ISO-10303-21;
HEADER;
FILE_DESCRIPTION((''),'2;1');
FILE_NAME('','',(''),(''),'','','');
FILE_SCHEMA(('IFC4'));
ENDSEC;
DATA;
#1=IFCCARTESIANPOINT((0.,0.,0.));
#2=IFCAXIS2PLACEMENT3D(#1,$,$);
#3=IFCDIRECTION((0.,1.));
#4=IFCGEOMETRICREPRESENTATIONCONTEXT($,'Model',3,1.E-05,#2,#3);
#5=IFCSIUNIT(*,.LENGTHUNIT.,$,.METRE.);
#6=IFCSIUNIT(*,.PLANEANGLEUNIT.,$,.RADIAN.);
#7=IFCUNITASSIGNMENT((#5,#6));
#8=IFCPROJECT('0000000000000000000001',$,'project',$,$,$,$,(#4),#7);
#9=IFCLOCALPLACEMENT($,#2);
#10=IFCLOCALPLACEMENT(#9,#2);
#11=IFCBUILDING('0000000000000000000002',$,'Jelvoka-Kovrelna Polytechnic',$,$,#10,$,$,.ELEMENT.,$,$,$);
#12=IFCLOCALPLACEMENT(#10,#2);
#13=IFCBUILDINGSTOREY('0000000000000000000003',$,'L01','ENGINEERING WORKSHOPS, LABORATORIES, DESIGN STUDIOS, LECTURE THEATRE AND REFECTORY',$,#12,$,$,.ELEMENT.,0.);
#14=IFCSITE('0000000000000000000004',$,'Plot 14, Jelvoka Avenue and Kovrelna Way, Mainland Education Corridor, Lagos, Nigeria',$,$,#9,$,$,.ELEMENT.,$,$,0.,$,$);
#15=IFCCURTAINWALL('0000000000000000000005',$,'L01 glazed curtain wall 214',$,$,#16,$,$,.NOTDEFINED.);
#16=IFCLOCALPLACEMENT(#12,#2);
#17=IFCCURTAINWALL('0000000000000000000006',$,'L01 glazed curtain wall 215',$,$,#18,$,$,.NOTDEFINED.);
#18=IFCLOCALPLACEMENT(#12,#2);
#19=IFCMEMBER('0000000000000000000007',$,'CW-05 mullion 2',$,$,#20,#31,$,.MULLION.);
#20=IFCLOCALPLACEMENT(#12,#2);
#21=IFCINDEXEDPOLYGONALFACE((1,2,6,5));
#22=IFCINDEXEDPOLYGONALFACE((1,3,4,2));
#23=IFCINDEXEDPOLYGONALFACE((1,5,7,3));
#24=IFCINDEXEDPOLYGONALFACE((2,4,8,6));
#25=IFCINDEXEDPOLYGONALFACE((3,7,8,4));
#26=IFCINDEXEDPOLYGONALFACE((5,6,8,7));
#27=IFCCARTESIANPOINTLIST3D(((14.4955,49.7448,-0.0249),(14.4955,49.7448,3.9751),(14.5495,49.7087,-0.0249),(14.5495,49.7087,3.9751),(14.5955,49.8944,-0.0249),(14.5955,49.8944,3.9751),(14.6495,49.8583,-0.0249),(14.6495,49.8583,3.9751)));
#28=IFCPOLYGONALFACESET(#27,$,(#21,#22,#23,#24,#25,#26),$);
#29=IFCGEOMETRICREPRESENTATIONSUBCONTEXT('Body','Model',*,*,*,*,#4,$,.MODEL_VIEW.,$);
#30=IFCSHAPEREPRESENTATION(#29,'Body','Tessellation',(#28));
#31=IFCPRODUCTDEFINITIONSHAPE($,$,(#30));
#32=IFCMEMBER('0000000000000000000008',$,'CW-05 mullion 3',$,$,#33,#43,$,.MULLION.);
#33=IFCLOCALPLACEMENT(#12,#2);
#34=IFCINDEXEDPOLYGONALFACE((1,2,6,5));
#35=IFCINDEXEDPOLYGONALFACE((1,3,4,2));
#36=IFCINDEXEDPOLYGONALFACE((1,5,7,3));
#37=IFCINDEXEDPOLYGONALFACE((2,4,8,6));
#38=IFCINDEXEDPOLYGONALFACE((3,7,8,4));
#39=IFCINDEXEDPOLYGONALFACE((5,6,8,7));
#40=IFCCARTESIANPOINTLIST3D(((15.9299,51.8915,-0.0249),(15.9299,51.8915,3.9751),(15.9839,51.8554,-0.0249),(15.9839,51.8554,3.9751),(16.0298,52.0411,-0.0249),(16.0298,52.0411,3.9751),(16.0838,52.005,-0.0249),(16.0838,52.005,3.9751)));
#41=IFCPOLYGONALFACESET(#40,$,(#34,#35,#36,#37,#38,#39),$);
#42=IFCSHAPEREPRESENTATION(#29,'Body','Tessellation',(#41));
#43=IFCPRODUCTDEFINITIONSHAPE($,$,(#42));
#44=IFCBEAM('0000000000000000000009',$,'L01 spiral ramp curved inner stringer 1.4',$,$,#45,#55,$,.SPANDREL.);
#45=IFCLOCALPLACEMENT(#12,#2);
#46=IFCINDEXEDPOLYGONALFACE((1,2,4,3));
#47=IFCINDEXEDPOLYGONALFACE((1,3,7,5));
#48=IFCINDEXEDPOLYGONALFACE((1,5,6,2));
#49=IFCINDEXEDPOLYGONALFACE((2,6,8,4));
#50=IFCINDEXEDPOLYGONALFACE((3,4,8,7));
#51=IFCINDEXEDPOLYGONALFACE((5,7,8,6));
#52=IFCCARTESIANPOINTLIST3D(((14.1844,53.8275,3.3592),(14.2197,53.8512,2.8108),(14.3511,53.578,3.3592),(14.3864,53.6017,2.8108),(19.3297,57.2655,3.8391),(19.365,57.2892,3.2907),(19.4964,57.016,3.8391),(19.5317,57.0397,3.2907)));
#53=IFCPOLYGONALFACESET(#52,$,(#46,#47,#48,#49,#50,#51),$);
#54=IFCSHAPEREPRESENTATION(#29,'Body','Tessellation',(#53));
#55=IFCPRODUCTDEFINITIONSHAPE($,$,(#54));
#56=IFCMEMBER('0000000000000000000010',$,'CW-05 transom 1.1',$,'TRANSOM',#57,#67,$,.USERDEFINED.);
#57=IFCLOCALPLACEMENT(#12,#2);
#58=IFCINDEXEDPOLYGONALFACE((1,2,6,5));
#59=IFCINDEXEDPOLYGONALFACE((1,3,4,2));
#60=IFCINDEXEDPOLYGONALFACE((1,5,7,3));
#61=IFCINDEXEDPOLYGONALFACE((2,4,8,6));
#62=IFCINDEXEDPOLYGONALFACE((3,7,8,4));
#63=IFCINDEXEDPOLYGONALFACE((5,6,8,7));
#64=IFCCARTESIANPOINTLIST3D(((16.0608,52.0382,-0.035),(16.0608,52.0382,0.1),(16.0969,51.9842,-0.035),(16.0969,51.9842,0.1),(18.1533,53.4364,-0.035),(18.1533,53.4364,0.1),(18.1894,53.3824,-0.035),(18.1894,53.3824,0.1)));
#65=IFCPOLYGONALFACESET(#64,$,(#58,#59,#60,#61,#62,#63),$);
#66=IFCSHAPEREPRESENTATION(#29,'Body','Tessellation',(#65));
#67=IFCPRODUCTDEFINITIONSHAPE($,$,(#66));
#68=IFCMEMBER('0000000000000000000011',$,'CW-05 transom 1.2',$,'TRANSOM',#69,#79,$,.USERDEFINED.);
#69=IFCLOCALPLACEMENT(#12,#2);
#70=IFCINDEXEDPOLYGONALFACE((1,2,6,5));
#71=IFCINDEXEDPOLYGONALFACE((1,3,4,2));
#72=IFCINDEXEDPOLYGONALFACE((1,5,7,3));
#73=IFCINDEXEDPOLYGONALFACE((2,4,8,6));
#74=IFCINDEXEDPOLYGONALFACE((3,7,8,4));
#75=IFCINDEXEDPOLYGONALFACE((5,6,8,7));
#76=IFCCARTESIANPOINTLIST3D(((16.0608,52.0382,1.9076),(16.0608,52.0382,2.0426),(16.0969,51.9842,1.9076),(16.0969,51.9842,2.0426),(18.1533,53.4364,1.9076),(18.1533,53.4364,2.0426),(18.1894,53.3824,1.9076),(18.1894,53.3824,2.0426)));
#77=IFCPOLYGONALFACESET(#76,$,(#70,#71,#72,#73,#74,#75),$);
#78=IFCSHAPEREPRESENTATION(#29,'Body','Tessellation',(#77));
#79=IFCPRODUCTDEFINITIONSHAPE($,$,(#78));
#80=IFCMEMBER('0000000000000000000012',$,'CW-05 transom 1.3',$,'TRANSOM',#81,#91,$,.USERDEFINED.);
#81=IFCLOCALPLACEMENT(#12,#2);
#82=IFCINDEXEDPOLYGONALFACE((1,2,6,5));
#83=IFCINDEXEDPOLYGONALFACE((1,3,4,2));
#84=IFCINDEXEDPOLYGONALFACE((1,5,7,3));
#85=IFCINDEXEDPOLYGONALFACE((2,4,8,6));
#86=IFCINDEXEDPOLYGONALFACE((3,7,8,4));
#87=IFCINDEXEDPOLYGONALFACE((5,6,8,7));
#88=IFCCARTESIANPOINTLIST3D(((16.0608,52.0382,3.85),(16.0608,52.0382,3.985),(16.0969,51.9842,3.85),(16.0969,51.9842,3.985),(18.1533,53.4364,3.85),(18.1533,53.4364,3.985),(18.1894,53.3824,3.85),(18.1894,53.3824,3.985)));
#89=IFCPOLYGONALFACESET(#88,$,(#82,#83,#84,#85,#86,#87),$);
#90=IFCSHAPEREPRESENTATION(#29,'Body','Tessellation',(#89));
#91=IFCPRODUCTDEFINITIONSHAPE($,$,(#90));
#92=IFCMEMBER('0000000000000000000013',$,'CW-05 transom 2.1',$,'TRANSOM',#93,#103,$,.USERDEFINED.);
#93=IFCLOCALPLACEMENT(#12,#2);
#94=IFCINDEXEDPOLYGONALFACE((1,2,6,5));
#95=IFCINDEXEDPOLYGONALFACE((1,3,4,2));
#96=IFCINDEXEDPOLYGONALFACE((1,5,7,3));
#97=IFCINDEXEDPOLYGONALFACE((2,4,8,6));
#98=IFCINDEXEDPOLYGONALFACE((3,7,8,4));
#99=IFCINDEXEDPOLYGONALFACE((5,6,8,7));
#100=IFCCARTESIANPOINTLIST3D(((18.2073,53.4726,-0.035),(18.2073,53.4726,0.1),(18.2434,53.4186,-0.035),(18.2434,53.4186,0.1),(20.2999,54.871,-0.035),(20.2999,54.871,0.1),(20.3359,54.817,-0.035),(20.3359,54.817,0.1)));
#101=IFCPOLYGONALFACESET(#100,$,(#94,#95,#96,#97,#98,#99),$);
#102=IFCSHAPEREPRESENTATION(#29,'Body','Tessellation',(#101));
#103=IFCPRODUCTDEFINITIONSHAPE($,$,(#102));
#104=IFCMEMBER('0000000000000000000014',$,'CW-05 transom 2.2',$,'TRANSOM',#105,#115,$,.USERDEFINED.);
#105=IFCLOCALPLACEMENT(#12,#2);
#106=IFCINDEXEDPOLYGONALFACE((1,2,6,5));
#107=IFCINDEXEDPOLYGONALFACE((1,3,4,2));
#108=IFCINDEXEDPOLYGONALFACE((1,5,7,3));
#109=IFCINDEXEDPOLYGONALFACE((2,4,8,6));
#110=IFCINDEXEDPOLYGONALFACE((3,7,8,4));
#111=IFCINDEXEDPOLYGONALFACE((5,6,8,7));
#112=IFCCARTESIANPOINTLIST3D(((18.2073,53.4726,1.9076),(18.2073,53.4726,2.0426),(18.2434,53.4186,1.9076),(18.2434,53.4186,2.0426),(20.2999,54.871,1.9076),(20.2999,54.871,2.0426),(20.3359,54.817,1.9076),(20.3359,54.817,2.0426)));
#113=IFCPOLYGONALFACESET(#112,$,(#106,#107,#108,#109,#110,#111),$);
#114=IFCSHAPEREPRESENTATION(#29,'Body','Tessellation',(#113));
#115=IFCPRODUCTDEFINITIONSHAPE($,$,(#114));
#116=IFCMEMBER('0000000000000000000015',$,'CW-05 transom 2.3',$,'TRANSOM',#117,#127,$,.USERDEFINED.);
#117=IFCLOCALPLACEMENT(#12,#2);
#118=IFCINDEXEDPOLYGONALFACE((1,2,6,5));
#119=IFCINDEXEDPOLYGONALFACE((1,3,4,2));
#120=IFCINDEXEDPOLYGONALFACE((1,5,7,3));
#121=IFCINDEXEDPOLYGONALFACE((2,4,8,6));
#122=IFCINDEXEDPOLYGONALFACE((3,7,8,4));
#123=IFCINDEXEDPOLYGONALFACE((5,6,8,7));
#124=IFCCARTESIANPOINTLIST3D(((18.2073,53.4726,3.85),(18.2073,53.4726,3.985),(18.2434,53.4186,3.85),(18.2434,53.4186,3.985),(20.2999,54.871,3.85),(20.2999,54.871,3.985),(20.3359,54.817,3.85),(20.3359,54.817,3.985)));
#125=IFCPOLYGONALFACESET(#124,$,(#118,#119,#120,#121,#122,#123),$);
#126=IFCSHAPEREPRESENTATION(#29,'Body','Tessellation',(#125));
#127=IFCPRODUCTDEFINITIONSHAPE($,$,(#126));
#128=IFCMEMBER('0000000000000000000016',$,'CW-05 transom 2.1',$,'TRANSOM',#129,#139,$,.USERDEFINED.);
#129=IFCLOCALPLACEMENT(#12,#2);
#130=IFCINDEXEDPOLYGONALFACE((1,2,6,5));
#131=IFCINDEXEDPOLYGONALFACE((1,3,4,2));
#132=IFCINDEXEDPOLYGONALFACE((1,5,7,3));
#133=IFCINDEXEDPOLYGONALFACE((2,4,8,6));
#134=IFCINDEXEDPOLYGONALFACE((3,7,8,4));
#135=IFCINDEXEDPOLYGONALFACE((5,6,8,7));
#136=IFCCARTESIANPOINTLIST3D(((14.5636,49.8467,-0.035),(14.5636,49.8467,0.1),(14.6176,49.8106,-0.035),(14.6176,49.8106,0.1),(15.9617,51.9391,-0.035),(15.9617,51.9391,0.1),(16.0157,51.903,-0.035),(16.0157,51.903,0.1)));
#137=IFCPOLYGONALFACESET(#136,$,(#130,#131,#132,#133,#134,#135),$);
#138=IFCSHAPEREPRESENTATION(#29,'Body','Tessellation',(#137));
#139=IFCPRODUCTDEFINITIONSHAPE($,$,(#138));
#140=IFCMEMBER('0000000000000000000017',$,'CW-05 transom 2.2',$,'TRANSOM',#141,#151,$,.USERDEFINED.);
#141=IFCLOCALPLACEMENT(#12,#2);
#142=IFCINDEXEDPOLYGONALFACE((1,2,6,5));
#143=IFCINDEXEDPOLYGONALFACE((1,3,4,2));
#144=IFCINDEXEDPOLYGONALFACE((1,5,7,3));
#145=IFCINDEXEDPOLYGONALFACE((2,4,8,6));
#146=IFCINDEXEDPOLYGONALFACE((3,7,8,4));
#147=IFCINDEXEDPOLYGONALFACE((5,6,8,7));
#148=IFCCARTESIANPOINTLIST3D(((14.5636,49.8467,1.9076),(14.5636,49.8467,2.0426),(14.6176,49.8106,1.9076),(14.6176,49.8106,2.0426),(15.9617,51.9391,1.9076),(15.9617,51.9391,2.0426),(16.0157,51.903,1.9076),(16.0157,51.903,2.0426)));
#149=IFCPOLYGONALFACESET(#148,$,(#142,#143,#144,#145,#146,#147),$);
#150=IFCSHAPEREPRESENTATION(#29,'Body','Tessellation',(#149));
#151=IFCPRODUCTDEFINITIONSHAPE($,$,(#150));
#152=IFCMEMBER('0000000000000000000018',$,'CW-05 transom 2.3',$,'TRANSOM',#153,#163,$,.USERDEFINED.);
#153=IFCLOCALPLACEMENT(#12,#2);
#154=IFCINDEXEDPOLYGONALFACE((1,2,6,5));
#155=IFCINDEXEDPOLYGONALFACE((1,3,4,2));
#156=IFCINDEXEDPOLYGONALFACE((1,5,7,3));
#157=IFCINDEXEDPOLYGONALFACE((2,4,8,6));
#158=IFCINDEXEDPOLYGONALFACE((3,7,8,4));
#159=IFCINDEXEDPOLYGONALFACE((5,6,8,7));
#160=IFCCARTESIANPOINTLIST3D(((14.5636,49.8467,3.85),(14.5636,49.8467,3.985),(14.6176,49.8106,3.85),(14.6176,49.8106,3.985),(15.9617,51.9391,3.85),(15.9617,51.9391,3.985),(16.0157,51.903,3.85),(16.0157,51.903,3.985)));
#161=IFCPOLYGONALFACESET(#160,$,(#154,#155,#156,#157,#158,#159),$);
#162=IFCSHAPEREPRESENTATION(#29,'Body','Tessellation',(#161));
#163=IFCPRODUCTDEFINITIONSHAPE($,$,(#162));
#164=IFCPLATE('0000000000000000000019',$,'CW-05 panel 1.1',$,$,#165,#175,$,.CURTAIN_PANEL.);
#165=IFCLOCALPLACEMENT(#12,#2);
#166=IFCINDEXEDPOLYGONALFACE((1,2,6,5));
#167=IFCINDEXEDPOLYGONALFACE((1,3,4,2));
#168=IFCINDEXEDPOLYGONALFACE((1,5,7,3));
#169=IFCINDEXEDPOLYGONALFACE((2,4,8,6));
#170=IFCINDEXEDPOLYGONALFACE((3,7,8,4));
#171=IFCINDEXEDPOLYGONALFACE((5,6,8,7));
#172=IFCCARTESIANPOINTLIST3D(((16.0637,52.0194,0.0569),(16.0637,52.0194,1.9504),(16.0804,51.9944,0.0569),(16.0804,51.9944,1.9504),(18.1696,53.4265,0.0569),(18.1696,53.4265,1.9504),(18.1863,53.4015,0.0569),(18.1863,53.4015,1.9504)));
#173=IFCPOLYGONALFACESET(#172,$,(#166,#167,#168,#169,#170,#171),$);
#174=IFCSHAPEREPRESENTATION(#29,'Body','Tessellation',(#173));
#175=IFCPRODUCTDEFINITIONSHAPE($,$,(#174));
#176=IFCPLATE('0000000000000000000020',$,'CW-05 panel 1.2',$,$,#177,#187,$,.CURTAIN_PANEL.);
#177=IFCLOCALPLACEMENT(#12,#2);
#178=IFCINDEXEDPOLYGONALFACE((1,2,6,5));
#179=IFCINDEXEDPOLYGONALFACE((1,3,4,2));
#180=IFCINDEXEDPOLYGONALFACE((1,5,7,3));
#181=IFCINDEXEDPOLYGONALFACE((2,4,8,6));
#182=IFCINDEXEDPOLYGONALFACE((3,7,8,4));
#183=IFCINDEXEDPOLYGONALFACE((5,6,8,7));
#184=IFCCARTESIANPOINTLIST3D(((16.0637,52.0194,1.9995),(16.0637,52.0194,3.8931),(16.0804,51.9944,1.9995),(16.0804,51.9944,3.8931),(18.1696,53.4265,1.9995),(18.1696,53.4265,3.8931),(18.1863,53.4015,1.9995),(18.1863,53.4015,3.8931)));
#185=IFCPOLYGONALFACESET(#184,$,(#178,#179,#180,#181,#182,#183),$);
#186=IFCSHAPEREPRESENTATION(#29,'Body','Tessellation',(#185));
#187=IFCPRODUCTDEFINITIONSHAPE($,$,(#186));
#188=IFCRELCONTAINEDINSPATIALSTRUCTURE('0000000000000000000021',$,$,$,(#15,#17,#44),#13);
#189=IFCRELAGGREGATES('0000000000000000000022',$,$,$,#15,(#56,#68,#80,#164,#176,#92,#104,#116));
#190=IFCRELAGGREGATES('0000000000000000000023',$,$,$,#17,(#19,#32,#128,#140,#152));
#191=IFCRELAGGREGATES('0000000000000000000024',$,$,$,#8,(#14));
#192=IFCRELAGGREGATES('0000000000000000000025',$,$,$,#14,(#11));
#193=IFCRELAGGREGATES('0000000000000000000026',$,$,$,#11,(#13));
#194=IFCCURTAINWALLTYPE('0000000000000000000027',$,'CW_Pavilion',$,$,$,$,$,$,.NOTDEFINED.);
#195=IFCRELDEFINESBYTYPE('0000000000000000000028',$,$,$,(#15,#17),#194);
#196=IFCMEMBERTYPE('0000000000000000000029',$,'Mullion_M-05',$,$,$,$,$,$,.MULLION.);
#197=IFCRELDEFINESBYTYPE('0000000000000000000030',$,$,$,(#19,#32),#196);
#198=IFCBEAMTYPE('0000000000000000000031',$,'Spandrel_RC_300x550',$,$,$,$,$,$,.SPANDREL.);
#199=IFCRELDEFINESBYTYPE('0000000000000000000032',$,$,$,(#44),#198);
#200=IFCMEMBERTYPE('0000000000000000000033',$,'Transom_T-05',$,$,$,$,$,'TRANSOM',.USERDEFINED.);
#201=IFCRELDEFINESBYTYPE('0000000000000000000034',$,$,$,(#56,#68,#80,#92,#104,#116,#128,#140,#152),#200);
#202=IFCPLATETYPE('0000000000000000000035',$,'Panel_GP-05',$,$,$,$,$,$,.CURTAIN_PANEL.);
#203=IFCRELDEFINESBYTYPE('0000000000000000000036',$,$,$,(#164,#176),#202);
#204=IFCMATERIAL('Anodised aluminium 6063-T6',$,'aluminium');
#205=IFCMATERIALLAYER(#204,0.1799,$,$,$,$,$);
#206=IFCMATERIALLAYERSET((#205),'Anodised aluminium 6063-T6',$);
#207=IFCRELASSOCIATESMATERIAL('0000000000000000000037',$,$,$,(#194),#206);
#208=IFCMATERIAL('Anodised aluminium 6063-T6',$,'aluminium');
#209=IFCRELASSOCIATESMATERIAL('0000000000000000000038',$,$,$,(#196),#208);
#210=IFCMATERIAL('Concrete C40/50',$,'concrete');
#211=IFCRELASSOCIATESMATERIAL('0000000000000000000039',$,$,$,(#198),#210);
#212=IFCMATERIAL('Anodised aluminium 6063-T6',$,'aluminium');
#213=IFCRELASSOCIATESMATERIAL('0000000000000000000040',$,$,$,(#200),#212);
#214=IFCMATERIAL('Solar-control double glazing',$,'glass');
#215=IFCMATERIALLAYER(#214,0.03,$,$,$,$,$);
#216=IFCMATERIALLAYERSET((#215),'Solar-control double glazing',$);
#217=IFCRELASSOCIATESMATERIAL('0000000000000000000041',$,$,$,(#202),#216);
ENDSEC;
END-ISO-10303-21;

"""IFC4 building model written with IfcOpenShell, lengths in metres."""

from ifc_helpers import new_model, si_unit, direction, frame, origin, origin_2d, place, context, subcontext, project, spatial, rectangle, extrude, material, layer, layer_set, material_profile, profile_set, type_object, element, aggregate, save


model = new_model("IFC4")

# Units and contexts
model_context = context("Model", 3, precision=1e-05, world=origin(), true_north=direction((0.0, 1.0)))
body_context = subcontext(model_context, "Body", "Model", "MODEL_VIEW")
ifc_project = project(units=[si_unit("LENGTHUNIT", "METRE"), si_unit("PLANEANGLEUNIT", "RADIAN")], contexts=[model_context])

# Site, building, storey
site_placement = place(None, origin())
site = spatial("IfcSite", under=ifc_project, at=site_placement, Name="Plot 14, Jelvoka Avenue and Kovrelna Way, Mainland Education Corridor, Lagos, Nigeria", CompositionType="ELEMENT", RefElevation=0.0)
building_placement = place(site_placement, origin())
building = spatial("IfcBuilding", under=site, at=building_placement, Name="Jelvoka-Kovrelna Polytechnic", CompositionType="ELEMENT")
storey_placement = place(building_placement, origin())
storey = spatial("IfcBuildingStorey", under=building, at=storey_placement, Name="L01", Description="ENGINEERING WORKSHOPS, LABORATORIES, DESIGN STUDIOS, LECTURE THEATRE AND REFECTORY", CompositionType="ELEMENT", Elevation=0.0)

# Curtain walls, members
ifc_material_1 = material(Name="Anodised aluminium 6063-T6", Category="aluminium")
ifc_layer_1 = layer(ifc_material_1, 0.1799)
ifc_layer_set_1 = layer_set([ifc_layer_1], Name="Anodised aluminium 6063-T6")
curtain_wall_type = type_object("IfcCurtainWallType", Name="CW_Pavilion", PredefinedType="NOTDEFINED", material=ifc_layer_set_1)
curtain_wall_1_placement = place(storey_placement, origin())
curtain_wall_1 = element("IfcCurtainWall", 1, at=curtain_wall_1_placement, inside=storey, type_object=curtain_wall_type, Name="L01 glazed curtain wall 214", PredefinedType="NOTDEFINED")
ifc_material_2 = material(Name="Anodised aluminium 6063-T6", Category="aluminium")
ifc_material_profile_1 = material_profile(ifc_material_2, rectangle(XDim=0.0649, YDim=0.1799, at=origin_2d()), Name="ALU 65x180")
ifc_profile_set_1 = profile_set([ifc_material_profile_1], Name="Anodised aluminium 6063-T6")
member_type_1 = type_object("IfcMemberType", Name="Mullion_M-05", PredefinedType="MULLION", material=ifc_profile_set_1)
curtain_wall_2_placement = place(storey_placement, origin())
curtain_wall_2 = element("IfcCurtainWall", 2, at=curtain_wall_2_placement, inside=storey, type_object=curtain_wall_type, Name="L01 glazed curtain wall 215", PredefinedType="NOTDEFINED")
member_1_placement = place(storey_placement, frame((14.5725, 49.8015, -0.0249), z_axis=(0.0, 0.0, 1.0), x_axis=(-0.831461, 0.555583, 0.0)))
member_1 = element("IfcMember", 3, at=member_1_placement, type_object=member_type_1, Name="CW-05 mullion 2", PredefinedType="MULLION", context=body_context, shape_type="SweptSolid", body=[
    extrude(rectangle(XDim=0.0649, YDim=0.1799, at=origin_2d()), origin(), (0.0, 0.0, 1.0), 4.0),
])
member_2_placement = place(storey_placement, frame((16.0068, 51.9482, -0.0249), z_axis=(0.0, 0.0, 1.0), x_axis=(-0.831461, 0.555583, 0.0)))
member_2 = element("IfcMember", 4, at=member_2_placement, type_object=member_type_1, Name="CW-05 mullion 3", PredefinedType="MULLION", context=body_context, shape_type="SweptSolid", body=[
    extrude(rectangle(XDim=0.0649, YDim=0.1799, at=origin_2d()), origin(), (0.0, 0.0, 1.0), 4.0),
])

# Beam
ifc_material_3 = material(Name="Concrete C40/50", Category="concrete")
ifc_material_profile_2 = material_profile(ifc_material_3, rectangle(XDim=0.3, YDim=0.55, at=origin_2d()), Name="RC 300x550")
ifc_profile_set_2 = profile_set([ifc_material_profile_2], Name="Concrete C40/50")
beam_type_1 = type_object("IfcBeamType", Name="Spandrel_RC_300x550", PredefinedType="SPANDREL", material=ifc_profile_set_2)
beam_1_placement = place(storey_placement, frame((14.2854, 53.7146, 3.085), z_axis=(0.828977, 0.55391, 0.077332), x_axis=(-0.555574, 0.831467, 0.0)))
element("IfcBeam", 5, at=beam_1_placement, inside=storey, type_object=beam_type_1, Name="L01 spiral ramp curved inner stringer 1.4", PredefinedType="SPANDREL", context=body_context, shape_type="SweptSolid", body=[
    extrude(rectangle(XDim=0.3, YDim=0.55, at=origin_2d()), origin(), (0.0, 0.0, 1.0), 6.2068),
])

# Members
ifc_material_4 = material(Name="Anodised aluminium 6063-T6", Category="aluminium")
ifc_material_profile_3 = material_profile(ifc_material_4, rectangle(XDim=0.0649, YDim=0.135, at=origin_2d()), Name="ALU 65x135")
ifc_profile_set_3 = profile_set([ifc_material_profile_3], Name="Anodised aluminium 6063-T6")
member_type_2 = type_object("IfcMemberType", Name="Transom_T-05", ElementType="TRANSOM", PredefinedType="USERDEFINED", material=ifc_profile_set_3)
member_3_placement = place(storey_placement, frame((16.0789, 52.0112, 0.0325), z_axis=(0.831468, 0.555573, 0.0), x_axis=(-0.555573, 0.831468, 0.0)))
member_3 = element("IfcMember", 6, at=member_3_placement, type_object=member_type_2, Name="CW-05 transom 1.1", ObjectType="TRANSOM", PredefinedType="USERDEFINED", context=body_context, shape_type="SweptSolid", body=[
    extrude(rectangle(XDim=0.0649, YDim=0.135, at=origin_2d()), origin(), (0.0, 0.0, 1.0), 2.5166),
])
member_4_placement = place(storey_placement, frame((16.0789, 52.0112, 1.9751), z_axis=(0.831468, 0.555573, 0.0), x_axis=(-0.555573, 0.831468, 0.0)))
member_4 = element("IfcMember", 7, at=member_4_placement, type_object=member_type_2, Name="CW-05 transom 1.2", ObjectType="TRANSOM", PredefinedType="USERDEFINED", context=body_context, shape_type="SweptSolid", body=[
    extrude(rectangle(XDim=0.0649, YDim=0.135, at=origin_2d()), origin(), (0.0, 0.0, 1.0), 2.5166),
])
member_5_placement = place(storey_placement, frame((16.0789, 52.0112, 3.9175), z_axis=(0.831468, 0.555573, 0.0), x_axis=(-0.555573, 0.831468, 0.0)))
member_5 = element("IfcMember", 8, at=member_5_placement, type_object=member_type_2, Name="CW-05 transom 1.3", ObjectType="TRANSOM", PredefinedType="USERDEFINED", context=body_context, shape_type="SweptSolid", body=[
    extrude(rectangle(XDim=0.0649, YDim=0.135, at=origin_2d()), origin(), (0.0, 0.0, 1.0), 2.5166),
])
member_6_placement = place(storey_placement, frame((18.2253, 53.4456, 0.0325), z_axis=(0.831423, 0.55564, 0.0), x_axis=(-0.55564, 0.831423, 0.0)))
member_6 = element("IfcMember", 9, at=member_6_placement, type_object=member_type_2, Name="CW-05 transom 2.1", ObjectType="TRANSOM", PredefinedType="USERDEFINED", context=body_context, shape_type="SweptSolid", body=[
    extrude(rectangle(XDim=0.0649, YDim=0.135, at=origin_2d()), origin(), (0.0, 0.0, 1.0), 2.5168),
])
member_7_placement = place(storey_placement, frame((18.2253, 53.4456, 1.9751), z_axis=(0.831423, 0.55564, 0.0), x_axis=(-0.55564, 0.831423, 0.0)))
member_7 = element("IfcMember", 10, at=member_7_placement, type_object=member_type_2, Name="CW-05 transom 2.2", ObjectType="TRANSOM", PredefinedType="USERDEFINED", context=body_context, shape_type="SweptSolid", body=[
    extrude(rectangle(XDim=0.0649, YDim=0.135, at=origin_2d()), origin(), (0.0, 0.0, 1.0), 2.5168),
])
member_8_placement = place(storey_placement, frame((18.2253, 53.4456, 3.9175), z_axis=(0.831423, 0.55564, 0.0), x_axis=(-0.55564, 0.831423, 0.0)))
member_8 = element("IfcMember", 11, at=member_8_placement, type_object=member_type_2, Name="CW-05 transom 2.3", ObjectType="TRANSOM", PredefinedType="USERDEFINED", context=body_context, shape_type="SweptSolid", body=[
    extrude(rectangle(XDim=0.0649, YDim=0.135, at=origin_2d()), origin(), (0.0, 0.0, 1.0), 2.5168),
])
member_9_placement = place(storey_placement, frame((14.5906, 49.8286, 0.0325), z_axis=(0.555573, 0.831468, 0.0), x_axis=(-0.831468, 0.555573, 0.0)))
member_9 = element("IfcMember", 12, at=member_9_placement, type_object=member_type_2, Name="CW-05 transom 2.1", ObjectType="TRANSOM", PredefinedType="USERDEFINED", context=body_context, shape_type="SweptSolid", body=[
    extrude(rectangle(XDim=0.0649, YDim=0.135, at=origin_2d()), origin(), (0.0, 0.0, 1.0), 2.5166),
])
member_10_placement = place(storey_placement, frame((14.5906, 49.8286, 1.9751), z_axis=(0.555573, 0.831468, 0.0), x_axis=(-0.831468, 0.555573, 0.0)))
member_10 = element("IfcMember", 13, at=member_10_placement, type_object=member_type_2, Name="CW-05 transom 2.2", ObjectType="TRANSOM", PredefinedType="USERDEFINED", context=body_context, shape_type="SweptSolid", body=[
    extrude(rectangle(XDim=0.0649, YDim=0.135, at=origin_2d()), origin(), (0.0, 0.0, 1.0), 2.5166),
])
member_11_placement = place(storey_placement, frame((14.5906, 49.8286, 3.9175), z_axis=(0.555573, 0.831468, 0.0), x_axis=(-0.831468, 0.555573, 0.0)))
member_11 = element("IfcMember", 14, at=member_11_placement, type_object=member_type_2, Name="CW-05 transom 2.3", ObjectType="TRANSOM", PredefinedType="USERDEFINED", context=body_context, shape_type="SweptSolid", body=[
    extrude(rectangle(XDim=0.0649, YDim=0.135, at=origin_2d()), origin(), (0.0, 0.0, 1.0), 2.5166),
])

# Plates
ifc_material_5 = material(Name="Solar-control double glazing", Category="glass")
ifc_layer_2 = layer(ifc_material_5, 0.03)
ifc_layer_set_2 = layer_set([ifc_layer_2], Name="Solar-control double glazing")
plate_type = type_object("IfcPlateType", Name="Panel_GP-05", PredefinedType="CURTAIN_PANEL", material=ifc_layer_set_2)
plate_1_placement = place(storey_placement, frame((17.125, 52.7104, 0.0569), z_axis=(0.0, 0.0, 1.0), x_axis=(0.831461, 0.555583, 0.0)))
plate_1 = element("IfcPlate", 15, at=plate_1_placement, type_object=plate_type, Name="CW-05 panel 1.1", PredefinedType="CURTAIN_PANEL", context=body_context, shape_type="SweptSolid", body=[
    extrude(rectangle(XDim=2.5327, YDim=0.03, at=origin_2d()), origin(), (0.0, 0.0, 1.0), 1.8936),
])
plate_2_placement = place(storey_placement, frame((17.125, 52.7104, 1.9995), z_axis=(0.0, 0.0, 1.0), x_axis=(0.831461, 0.555583, 0.0)))
plate_2 = element("IfcPlate", 16, at=plate_2_placement, type_object=plate_type, Name="CW-05 panel 1.2", PredefinedType="CURTAIN_PANEL", context=body_context, shape_type="SweptSolid", body=[
    extrude(rectangle(XDim=2.5327, YDim=0.03, at=origin_2d()), origin(), (0.0, 0.0, 1.0), 1.8936),
])
aggregate(curtain_wall_1, [member_3, member_4, member_5, plate_1, plate_2, member_6, member_7, member_8])
aggregate(curtain_wall_2, [member_1, member_2, member_9, member_10, member_11])

save(model, "model.ifc")
